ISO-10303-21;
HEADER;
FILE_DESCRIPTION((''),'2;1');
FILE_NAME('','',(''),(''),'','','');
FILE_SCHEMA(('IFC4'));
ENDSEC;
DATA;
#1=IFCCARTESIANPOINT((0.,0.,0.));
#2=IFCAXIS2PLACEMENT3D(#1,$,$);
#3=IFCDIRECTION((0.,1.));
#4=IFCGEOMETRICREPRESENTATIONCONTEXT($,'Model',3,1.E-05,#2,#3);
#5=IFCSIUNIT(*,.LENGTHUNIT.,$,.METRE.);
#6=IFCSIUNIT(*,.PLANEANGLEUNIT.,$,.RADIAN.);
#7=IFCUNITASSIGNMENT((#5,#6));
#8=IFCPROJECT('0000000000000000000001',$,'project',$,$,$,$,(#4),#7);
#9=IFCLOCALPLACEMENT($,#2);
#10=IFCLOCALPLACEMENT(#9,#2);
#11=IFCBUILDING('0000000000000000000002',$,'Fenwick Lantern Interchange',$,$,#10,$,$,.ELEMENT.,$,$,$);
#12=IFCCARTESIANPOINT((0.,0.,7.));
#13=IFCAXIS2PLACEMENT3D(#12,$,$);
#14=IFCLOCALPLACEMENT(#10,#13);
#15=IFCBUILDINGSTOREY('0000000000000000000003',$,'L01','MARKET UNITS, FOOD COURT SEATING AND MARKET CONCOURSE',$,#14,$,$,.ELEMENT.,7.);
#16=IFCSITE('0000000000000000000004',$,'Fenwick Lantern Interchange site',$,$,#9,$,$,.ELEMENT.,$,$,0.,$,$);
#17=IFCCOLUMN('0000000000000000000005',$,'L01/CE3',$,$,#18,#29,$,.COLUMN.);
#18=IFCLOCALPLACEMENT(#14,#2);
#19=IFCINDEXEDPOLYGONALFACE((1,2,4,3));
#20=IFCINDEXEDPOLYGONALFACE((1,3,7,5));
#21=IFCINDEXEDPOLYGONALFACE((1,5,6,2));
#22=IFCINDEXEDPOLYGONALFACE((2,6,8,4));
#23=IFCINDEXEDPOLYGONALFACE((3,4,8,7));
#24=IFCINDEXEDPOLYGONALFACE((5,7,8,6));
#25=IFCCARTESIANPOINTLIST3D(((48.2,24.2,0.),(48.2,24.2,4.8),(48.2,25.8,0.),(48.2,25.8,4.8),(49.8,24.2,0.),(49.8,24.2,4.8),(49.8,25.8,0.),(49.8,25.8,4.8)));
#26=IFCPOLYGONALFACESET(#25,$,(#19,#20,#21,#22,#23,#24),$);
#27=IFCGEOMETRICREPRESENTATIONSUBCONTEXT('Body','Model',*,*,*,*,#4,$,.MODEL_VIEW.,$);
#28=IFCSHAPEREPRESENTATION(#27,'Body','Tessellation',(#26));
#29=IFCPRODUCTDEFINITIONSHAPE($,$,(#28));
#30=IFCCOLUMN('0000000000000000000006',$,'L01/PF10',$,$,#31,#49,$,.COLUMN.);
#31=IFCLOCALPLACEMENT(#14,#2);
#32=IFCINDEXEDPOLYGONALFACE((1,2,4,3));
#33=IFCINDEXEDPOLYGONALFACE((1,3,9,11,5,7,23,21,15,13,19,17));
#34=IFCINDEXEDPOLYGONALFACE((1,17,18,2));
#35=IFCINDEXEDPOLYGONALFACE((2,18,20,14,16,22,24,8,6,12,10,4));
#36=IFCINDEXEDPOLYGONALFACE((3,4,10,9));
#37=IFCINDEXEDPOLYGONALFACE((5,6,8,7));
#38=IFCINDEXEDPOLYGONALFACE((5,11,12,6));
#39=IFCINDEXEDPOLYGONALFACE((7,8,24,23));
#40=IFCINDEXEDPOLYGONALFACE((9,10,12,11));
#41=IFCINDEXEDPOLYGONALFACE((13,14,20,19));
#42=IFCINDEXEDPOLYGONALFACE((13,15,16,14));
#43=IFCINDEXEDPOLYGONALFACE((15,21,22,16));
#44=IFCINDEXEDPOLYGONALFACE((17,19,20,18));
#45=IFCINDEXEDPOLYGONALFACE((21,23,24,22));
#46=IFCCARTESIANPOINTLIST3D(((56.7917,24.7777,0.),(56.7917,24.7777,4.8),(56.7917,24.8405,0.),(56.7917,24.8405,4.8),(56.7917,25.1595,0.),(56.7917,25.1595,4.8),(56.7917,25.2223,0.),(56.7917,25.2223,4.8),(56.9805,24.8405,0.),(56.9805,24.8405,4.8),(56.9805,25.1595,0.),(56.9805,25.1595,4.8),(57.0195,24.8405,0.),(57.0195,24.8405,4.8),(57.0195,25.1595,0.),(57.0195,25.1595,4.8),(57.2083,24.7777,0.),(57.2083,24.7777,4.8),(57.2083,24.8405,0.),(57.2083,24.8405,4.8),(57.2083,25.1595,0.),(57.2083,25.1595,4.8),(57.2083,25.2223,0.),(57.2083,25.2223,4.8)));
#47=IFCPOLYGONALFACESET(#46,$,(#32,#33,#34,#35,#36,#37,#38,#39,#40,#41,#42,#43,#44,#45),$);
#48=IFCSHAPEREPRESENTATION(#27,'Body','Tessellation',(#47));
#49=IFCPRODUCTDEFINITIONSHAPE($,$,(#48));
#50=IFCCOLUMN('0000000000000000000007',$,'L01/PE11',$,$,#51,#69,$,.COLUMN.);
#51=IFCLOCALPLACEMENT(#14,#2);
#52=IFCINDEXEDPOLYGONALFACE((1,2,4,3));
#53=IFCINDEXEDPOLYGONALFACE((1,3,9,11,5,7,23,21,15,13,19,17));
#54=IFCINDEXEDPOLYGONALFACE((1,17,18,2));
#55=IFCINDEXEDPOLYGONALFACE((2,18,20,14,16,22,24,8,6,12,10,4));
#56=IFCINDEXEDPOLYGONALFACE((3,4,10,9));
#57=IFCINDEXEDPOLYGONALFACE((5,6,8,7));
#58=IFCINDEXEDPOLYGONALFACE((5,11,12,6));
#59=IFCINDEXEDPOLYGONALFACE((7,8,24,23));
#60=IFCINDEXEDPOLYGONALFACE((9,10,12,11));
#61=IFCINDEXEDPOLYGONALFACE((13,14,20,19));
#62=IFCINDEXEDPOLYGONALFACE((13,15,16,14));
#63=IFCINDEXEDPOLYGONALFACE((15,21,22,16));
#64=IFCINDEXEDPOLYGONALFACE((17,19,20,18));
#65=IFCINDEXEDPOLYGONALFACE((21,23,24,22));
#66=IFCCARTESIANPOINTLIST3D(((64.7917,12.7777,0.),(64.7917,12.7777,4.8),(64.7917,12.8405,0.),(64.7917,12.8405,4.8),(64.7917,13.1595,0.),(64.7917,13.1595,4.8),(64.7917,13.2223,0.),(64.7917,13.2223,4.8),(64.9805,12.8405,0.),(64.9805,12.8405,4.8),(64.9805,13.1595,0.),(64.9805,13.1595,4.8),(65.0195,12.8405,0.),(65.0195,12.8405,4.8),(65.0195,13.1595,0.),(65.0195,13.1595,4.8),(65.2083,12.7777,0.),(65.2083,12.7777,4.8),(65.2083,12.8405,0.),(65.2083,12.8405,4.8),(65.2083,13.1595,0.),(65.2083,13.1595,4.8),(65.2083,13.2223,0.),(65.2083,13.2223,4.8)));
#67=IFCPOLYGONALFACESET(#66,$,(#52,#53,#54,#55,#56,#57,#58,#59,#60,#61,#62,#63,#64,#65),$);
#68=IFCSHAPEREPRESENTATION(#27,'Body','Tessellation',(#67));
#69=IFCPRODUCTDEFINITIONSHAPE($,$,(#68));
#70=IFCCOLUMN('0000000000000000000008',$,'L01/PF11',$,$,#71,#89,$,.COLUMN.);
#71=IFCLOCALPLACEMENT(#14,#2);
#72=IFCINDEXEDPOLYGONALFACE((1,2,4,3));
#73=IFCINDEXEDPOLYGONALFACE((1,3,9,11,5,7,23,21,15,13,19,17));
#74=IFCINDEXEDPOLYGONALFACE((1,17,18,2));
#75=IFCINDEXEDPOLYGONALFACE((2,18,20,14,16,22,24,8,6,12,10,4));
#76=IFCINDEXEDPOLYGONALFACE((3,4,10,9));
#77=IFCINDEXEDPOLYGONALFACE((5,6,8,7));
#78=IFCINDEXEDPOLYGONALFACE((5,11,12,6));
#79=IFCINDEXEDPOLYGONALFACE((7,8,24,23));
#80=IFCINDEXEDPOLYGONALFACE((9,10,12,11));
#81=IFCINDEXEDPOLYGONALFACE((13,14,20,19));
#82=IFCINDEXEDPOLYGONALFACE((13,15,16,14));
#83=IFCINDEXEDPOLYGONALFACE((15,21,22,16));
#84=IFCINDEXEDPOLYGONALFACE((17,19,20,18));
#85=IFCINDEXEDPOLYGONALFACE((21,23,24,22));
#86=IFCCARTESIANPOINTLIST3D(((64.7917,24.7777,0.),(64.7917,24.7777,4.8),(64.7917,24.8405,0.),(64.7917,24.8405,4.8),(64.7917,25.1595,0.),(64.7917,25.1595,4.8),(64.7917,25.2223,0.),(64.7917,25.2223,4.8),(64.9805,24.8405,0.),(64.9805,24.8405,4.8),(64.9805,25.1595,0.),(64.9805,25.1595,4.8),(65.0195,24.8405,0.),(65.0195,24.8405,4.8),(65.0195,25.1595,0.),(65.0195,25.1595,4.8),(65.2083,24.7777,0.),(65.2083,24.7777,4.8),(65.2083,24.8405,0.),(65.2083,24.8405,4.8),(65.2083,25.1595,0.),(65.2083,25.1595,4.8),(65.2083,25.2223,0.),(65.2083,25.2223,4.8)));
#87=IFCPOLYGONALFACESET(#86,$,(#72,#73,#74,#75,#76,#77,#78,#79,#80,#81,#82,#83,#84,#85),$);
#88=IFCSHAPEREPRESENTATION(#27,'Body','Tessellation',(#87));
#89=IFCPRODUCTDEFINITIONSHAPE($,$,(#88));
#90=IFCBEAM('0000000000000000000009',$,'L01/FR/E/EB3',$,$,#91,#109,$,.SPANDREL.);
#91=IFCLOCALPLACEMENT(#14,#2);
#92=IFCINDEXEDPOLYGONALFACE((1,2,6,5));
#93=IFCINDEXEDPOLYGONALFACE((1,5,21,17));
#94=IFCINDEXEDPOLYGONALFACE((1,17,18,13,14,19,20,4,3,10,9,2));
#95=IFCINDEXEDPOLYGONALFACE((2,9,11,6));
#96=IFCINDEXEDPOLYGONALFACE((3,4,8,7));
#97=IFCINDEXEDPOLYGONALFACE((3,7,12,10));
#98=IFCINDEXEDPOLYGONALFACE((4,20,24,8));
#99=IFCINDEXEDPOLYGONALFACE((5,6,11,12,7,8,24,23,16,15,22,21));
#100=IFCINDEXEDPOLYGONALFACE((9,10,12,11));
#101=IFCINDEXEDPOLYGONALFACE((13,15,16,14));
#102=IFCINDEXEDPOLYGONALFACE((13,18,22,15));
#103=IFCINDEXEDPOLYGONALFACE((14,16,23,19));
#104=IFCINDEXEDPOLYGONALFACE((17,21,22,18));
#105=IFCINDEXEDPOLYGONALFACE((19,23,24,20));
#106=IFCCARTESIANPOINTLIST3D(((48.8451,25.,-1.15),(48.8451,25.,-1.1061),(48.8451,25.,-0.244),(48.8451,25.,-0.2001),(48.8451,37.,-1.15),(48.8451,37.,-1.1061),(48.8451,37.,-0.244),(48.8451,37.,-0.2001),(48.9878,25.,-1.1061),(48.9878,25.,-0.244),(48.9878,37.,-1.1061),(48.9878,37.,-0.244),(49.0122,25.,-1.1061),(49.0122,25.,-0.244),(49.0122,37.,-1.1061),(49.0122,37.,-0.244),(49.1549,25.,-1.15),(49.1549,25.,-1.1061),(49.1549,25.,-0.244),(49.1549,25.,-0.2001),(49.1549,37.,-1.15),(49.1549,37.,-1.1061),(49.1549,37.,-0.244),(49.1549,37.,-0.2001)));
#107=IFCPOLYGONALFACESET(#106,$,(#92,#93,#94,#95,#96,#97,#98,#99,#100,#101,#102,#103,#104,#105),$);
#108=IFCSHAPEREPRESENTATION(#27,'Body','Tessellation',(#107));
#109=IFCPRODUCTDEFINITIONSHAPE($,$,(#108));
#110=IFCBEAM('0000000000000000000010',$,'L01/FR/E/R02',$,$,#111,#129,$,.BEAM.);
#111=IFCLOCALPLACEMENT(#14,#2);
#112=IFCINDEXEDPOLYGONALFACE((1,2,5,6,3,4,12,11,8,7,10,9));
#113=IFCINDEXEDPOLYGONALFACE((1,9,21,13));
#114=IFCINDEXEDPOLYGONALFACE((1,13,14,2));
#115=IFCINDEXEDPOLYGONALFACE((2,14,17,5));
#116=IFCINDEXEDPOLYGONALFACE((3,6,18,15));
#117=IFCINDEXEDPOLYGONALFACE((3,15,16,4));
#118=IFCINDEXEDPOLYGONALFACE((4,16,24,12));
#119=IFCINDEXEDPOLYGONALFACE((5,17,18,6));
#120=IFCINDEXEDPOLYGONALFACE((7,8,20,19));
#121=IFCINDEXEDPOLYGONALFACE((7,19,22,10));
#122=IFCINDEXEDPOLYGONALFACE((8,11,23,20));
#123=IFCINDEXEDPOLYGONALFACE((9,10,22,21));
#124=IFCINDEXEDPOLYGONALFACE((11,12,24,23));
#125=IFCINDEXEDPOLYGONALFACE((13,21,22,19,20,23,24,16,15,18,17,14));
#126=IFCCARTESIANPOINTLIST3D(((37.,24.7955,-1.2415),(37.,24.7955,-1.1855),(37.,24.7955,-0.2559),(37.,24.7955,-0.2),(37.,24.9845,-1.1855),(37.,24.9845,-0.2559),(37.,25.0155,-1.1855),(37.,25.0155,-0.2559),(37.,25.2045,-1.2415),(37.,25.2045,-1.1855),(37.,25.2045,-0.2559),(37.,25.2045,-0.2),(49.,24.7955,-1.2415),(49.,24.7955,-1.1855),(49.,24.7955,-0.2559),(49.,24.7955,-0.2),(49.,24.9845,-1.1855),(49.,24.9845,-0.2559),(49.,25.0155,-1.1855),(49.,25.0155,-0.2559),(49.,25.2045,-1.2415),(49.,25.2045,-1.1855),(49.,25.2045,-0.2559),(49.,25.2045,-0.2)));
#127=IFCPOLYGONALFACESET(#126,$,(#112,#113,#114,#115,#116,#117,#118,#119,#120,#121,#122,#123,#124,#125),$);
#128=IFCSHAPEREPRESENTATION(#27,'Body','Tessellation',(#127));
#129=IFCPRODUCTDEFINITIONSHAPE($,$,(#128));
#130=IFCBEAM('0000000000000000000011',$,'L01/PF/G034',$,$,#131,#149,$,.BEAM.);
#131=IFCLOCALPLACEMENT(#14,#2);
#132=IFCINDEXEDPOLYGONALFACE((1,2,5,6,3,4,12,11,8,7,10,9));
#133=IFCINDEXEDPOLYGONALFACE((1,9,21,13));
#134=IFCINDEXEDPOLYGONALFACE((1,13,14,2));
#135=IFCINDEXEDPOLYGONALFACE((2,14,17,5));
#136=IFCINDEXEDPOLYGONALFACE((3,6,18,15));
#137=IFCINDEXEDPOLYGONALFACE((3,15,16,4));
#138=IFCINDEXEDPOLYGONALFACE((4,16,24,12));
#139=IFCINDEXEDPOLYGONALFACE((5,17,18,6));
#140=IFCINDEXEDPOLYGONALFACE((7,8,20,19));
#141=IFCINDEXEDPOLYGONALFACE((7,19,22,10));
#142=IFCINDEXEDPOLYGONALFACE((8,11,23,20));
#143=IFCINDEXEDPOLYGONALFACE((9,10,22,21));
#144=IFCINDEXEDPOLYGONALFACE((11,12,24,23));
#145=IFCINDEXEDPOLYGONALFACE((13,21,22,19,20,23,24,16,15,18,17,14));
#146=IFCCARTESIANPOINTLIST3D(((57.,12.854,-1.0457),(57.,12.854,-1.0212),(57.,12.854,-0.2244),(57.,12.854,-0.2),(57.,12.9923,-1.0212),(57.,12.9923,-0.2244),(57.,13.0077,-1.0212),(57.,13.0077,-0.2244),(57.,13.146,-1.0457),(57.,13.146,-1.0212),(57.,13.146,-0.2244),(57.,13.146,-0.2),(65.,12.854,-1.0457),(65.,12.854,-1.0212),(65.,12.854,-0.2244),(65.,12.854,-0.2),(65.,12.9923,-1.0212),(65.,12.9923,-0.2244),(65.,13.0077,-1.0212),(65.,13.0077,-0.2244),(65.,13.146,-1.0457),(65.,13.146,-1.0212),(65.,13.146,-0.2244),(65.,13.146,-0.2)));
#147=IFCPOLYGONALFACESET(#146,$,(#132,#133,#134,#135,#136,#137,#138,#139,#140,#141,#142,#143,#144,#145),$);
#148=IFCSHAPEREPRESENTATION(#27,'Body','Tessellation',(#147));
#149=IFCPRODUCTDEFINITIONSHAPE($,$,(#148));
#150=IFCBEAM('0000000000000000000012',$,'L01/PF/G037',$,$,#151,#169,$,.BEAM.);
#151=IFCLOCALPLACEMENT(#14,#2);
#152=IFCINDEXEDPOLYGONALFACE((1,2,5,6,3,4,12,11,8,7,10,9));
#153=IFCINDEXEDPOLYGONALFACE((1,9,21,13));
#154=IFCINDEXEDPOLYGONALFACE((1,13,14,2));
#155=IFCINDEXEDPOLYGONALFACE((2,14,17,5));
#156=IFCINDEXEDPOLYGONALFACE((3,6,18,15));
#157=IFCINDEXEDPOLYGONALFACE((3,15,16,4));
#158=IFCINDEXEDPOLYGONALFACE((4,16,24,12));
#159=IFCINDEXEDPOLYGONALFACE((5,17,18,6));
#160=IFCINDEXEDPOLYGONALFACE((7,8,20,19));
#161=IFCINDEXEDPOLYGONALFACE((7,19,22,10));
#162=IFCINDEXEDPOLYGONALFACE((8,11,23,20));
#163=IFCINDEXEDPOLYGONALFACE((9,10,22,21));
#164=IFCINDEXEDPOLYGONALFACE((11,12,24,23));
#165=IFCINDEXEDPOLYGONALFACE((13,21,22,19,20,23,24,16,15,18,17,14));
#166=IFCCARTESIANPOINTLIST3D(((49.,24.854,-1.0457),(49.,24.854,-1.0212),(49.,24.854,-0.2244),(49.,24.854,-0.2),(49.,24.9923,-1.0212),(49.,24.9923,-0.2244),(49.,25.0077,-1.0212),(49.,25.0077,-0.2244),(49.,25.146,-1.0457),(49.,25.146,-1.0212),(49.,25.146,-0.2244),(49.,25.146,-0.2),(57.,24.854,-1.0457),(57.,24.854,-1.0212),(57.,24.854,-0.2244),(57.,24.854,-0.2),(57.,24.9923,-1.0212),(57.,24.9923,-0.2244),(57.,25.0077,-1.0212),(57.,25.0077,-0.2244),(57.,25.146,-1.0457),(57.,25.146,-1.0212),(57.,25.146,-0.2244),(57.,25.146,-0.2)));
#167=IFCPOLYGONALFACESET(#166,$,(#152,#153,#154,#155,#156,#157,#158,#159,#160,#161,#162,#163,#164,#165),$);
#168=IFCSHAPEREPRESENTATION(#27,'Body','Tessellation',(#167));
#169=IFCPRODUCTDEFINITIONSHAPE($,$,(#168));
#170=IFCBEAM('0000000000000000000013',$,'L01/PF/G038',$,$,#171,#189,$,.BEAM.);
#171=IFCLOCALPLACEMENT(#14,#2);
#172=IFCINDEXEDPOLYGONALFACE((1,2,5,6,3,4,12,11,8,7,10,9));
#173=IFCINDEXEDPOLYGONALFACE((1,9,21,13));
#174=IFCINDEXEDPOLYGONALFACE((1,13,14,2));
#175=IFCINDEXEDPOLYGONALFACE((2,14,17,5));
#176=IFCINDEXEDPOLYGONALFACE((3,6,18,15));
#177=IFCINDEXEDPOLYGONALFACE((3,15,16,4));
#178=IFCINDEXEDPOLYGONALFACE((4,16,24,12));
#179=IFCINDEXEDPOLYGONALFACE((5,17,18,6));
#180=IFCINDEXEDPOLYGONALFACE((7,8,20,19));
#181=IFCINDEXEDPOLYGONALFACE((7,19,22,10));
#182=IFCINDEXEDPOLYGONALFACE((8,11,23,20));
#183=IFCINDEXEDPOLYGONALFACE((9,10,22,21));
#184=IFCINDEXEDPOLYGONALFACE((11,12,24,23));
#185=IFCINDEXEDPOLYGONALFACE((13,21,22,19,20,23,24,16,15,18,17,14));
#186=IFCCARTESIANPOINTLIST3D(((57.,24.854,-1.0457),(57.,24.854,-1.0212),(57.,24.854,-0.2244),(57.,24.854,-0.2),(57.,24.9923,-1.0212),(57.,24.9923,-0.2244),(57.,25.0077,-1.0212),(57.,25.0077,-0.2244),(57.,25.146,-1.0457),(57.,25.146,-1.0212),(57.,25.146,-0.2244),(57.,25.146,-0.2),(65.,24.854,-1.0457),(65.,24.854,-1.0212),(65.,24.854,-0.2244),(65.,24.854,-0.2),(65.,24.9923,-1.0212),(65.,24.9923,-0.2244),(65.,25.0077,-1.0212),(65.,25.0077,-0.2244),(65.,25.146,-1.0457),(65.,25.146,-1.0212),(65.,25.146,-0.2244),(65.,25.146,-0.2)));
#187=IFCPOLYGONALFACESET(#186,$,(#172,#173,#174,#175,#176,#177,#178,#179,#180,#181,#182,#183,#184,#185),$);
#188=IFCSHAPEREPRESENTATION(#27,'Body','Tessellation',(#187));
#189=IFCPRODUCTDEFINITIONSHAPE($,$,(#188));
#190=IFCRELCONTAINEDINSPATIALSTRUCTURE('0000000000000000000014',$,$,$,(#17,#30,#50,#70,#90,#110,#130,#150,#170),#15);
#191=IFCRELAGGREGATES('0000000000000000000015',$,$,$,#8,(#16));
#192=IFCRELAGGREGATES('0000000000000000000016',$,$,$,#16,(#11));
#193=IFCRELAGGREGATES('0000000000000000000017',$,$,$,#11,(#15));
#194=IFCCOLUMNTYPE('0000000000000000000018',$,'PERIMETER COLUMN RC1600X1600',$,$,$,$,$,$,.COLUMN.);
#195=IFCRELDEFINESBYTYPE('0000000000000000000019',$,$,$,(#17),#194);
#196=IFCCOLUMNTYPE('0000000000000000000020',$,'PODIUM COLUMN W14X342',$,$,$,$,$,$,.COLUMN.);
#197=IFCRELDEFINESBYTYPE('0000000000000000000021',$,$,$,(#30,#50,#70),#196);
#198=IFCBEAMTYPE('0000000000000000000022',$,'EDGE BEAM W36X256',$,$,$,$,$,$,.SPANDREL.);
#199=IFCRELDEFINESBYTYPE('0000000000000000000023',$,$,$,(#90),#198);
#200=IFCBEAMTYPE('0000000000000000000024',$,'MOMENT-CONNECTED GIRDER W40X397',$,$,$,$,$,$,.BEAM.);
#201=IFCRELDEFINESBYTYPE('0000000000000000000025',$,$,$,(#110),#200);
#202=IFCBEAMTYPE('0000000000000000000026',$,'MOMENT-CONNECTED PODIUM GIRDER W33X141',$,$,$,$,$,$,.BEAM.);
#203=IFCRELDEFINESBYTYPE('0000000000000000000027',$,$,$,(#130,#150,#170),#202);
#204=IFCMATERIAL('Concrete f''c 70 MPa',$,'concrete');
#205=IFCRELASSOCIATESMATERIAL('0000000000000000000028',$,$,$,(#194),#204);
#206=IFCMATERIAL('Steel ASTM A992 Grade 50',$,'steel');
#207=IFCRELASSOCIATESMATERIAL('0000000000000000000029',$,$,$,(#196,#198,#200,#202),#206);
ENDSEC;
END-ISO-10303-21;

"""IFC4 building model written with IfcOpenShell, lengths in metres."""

from ifc_helpers import new_model, si_unit, direction, frame, origin, origin_2d, place, context, subcontext, project, spatial, rectangle, i_section, extrude, material, material_profile, profile_set, type_object, element, save


model = new_model("IFC4")

# Units and contexts
model_context = context("Model", 3, precision=1e-05, world=origin(), true_north=direction((0.0, 1.0)))
body_context = subcontext(model_context, "Body", "Model", "MODEL_VIEW")
ifc_project = project(units=[si_unit("LENGTHUNIT", "METRE"), si_unit("PLANEANGLEUNIT", "RADIAN")], contexts=[model_context])

# Site, building, storey
site_placement = place(None, origin())
site = spatial("IfcSite", under=ifc_project, at=site_placement, Name="Fenwick Lantern Interchange site", CompositionType="ELEMENT", RefElevation=0.0)
building_placement = place(site_placement, origin())
building = spatial("IfcBuilding", under=site, at=building_placement, Name="Fenwick Lantern Interchange", CompositionType="ELEMENT")
storey_placement = place(building_placement, frame((0.0, 0.0, 7.0)))
storey = spatial("IfcBuildingStorey", under=building, at=storey_placement, Name="L01", Description="MARKET UNITS, FOOD COURT SEATING AND MARKET CONCOURSE", CompositionType="ELEMENT", Elevation=7.0)

# Columns
ifc_material_1 = material(Name="Concrete f'c 70 MPa", Category="concrete")
ifc_material_profile_1 = material_profile(ifc_material_1, rectangle(XDim=1.6001, YDim=1.6001, at=origin_2d()), Name="RC1600X1600")
ifc_profile_set_1 = profile_set([ifc_material_profile_1], Name="Concrete f'c 70 MPa")
column_type_1 = type_object("IfcColumnType", Name="PERIMETER COLUMN RC1600X1600", PredefinedType="COLUMN", material=ifc_profile_set_1)
column_placement = place(storey_placement, frame((49.0, 25.0, 0.0), z_axis=(0.0, 0.0, 1.0), x_axis=(1.0, 0.0, 0.0)))
element("IfcColumn", 1, at=column_placement, inside=storey, type_object=column_type_1, Name="L01/CE3", PredefinedType="COLUMN", context=body_context, shape_type="SweptSolid", body=[
    extrude(rectangle(XDim=1.6001, YDim=1.6001, at=origin_2d()), origin(), (0.0, 0.0, 1.0), 4.8),
])
ifc_material_2 = material(Name="Steel ASTM A992 Grade 50", Category="steel")
ifc_material_profile_2 = material_profile(ifc_material_2, i_section(OverallWidth=0.4165, OverallDepth=0.4446, WebThickness=0.0391, FlangeThickness=0.0627, at=origin_2d()), Name="W14X342")
ifc_profile_set_2 = profile_set([ifc_material_profile_2], Name="Steel ASTM A992 Grade 50")
column_type_2 = type_object("IfcColumnType", Name="PODIUM COLUMN W14X342", PredefinedType="COLUMN", material=ifc_profile_set_2)
for number, where, z_axis, x_axis, name in (
    (2, (57.0, 25.0, 0.0), (0.0, 0.0, 1.0), (1.0, 0.0, 0.0), "L01/PF10"),
    (3, (65.0, 13.0, 0.0), (0.0, 0.0, 1.0), (1.0, 0.0, 0.0), "L01/PE11"),
    (4, (65.0, 25.0, 0.0), (0.0, 0.0, 1.0), (1.0, 0.0, 0.0), "L01/PF11"),
):
    element("IfcColumn", number, at=place(storey_placement, frame(where, z_axis=z_axis, x_axis=x_axis)), inside=storey, type_object=column_type_2, Name=name, PredefinedType="COLUMN", context=body_context, shape_type="SweptSolid", body=[
        extrude(i_section(OverallWidth=0.4165, OverallDepth=0.4446, WebThickness=0.0391, FlangeThickness=0.0627, at=origin_2d()), origin(), (0.0, 0.0, 1.0), 4.8),
    ])

# Beams
ifc_material_profile_3 = material_profile(ifc_material_2, i_section(OverallWidth=0.3098, OverallDepth=0.95, WebThickness=0.0244, FlangeThickness=0.0439, at=origin_2d()), Name="W36X256")
ifc_profile_set_3 = profile_set([ifc_material_profile_3], Name="Steel ASTM A992 Grade 50")
beam_type_1 = type_object("IfcBeamType", Name="EDGE BEAM W36X256", PredefinedType="SPANDREL", material=ifc_profile_set_3)
beam_1_placement = place(storey_placement, frame((49.0, 25.0, -0.675), z_axis=(0.0, 1.0, 0.0), x_axis=(-1.0, 0.0, 0.0)))
element("IfcBeam", 5, at=beam_1_placement, inside=storey, type_object=beam_type_1, Name="L01/FR/E/EB3", PredefinedType="SPANDREL", context=body_context, shape_type="SweptSolid", body=[
    extrude(i_section(OverallWidth=0.3098, OverallDepth=0.95, WebThickness=0.0244, FlangeThickness=0.0439, at=origin_2d()), origin(), (0.0, 0.0, 1.0), 12.0),
])
ifc_material_profile_4 = material_profile(ifc_material_2, i_section(OverallWidth=0.4089, OverallDepth=1.0415, WebThickness=0.031, FlangeThickness=0.0559, at=origin_2d()), Name="W40X397")
ifc_profile_set_4 = profile_set([ifc_material_profile_4], Name="Steel ASTM A992 Grade 50")
beam_type_2 = type_object("IfcBeamType", Name="MOMENT-CONNECTED GIRDER W40X397", PredefinedType="BEAM", material=ifc_profile_set_4)
beam_2_placement = place(storey_placement, frame((49.0, 25.0, -0.7207), z_axis=(-1.0, 0.0, 0.0), x_axis=(0.0, -1.0, 0.0)))
element("IfcBeam", 6, at=beam_2_placement, inside=storey, type_object=beam_type_2, Name="L01/FR/E/R02", PredefinedType="BEAM", context=body_context, shape_type="SweptSolid", body=[
    extrude(i_section(OverallWidth=0.4089, OverallDepth=1.0415, WebThickness=0.031, FlangeThickness=0.0559, at=origin_2d()), origin(), (0.0, 0.0, 1.0), 12.0),
])
ifc_material_profile_5 = material_profile(ifc_material_2, i_section(OverallWidth=0.292, OverallDepth=0.8457, WebThickness=0.0154, FlangeThickness=0.0244, at=origin_2d()), Name="W33X141")
ifc_profile_set_5 = profile_set([ifc_material_profile_5], Name="Steel ASTM A992 Grade 50")
beam_type_3 = type_object("IfcBeamType", Name="MOMENT-CONNECTED PODIUM GIRDER W33X141", PredefinedType="BEAM", material=ifc_profile_set_5)
for number, where, z_axis, x_axis, name in (
    (7, (57.0, 13.0, -0.6228), (1.0, 0.0, 0.0), (0.0, 1.0, 0.0), "L01/PF/G034"),
    (8, (49.0, 25.0, -0.6228), (1.0, 0.0, 0.0), (0.0, 1.0, 0.0), "L01/PF/G037"),
    (9, (57.0, 25.0, -0.6228), (1.0, 0.0, 0.0), (0.0, 1.0, 0.0), "L01/PF/G038"),
):
    element("IfcBeam", number, at=place(storey_placement, frame(where, z_axis=z_axis, x_axis=x_axis)), inside=storey, type_object=beam_type_3, Name=name, PredefinedType="BEAM", context=body_context, shape_type="SweptSolid", body=[
        extrude(i_section(OverallWidth=0.292, OverallDepth=0.8457, WebThickness=0.0154, FlangeThickness=0.0244, at=origin_2d()), origin(), (0.0, 0.0, 1.0), 8.0),
    ])

save(model, "model.ifc")
